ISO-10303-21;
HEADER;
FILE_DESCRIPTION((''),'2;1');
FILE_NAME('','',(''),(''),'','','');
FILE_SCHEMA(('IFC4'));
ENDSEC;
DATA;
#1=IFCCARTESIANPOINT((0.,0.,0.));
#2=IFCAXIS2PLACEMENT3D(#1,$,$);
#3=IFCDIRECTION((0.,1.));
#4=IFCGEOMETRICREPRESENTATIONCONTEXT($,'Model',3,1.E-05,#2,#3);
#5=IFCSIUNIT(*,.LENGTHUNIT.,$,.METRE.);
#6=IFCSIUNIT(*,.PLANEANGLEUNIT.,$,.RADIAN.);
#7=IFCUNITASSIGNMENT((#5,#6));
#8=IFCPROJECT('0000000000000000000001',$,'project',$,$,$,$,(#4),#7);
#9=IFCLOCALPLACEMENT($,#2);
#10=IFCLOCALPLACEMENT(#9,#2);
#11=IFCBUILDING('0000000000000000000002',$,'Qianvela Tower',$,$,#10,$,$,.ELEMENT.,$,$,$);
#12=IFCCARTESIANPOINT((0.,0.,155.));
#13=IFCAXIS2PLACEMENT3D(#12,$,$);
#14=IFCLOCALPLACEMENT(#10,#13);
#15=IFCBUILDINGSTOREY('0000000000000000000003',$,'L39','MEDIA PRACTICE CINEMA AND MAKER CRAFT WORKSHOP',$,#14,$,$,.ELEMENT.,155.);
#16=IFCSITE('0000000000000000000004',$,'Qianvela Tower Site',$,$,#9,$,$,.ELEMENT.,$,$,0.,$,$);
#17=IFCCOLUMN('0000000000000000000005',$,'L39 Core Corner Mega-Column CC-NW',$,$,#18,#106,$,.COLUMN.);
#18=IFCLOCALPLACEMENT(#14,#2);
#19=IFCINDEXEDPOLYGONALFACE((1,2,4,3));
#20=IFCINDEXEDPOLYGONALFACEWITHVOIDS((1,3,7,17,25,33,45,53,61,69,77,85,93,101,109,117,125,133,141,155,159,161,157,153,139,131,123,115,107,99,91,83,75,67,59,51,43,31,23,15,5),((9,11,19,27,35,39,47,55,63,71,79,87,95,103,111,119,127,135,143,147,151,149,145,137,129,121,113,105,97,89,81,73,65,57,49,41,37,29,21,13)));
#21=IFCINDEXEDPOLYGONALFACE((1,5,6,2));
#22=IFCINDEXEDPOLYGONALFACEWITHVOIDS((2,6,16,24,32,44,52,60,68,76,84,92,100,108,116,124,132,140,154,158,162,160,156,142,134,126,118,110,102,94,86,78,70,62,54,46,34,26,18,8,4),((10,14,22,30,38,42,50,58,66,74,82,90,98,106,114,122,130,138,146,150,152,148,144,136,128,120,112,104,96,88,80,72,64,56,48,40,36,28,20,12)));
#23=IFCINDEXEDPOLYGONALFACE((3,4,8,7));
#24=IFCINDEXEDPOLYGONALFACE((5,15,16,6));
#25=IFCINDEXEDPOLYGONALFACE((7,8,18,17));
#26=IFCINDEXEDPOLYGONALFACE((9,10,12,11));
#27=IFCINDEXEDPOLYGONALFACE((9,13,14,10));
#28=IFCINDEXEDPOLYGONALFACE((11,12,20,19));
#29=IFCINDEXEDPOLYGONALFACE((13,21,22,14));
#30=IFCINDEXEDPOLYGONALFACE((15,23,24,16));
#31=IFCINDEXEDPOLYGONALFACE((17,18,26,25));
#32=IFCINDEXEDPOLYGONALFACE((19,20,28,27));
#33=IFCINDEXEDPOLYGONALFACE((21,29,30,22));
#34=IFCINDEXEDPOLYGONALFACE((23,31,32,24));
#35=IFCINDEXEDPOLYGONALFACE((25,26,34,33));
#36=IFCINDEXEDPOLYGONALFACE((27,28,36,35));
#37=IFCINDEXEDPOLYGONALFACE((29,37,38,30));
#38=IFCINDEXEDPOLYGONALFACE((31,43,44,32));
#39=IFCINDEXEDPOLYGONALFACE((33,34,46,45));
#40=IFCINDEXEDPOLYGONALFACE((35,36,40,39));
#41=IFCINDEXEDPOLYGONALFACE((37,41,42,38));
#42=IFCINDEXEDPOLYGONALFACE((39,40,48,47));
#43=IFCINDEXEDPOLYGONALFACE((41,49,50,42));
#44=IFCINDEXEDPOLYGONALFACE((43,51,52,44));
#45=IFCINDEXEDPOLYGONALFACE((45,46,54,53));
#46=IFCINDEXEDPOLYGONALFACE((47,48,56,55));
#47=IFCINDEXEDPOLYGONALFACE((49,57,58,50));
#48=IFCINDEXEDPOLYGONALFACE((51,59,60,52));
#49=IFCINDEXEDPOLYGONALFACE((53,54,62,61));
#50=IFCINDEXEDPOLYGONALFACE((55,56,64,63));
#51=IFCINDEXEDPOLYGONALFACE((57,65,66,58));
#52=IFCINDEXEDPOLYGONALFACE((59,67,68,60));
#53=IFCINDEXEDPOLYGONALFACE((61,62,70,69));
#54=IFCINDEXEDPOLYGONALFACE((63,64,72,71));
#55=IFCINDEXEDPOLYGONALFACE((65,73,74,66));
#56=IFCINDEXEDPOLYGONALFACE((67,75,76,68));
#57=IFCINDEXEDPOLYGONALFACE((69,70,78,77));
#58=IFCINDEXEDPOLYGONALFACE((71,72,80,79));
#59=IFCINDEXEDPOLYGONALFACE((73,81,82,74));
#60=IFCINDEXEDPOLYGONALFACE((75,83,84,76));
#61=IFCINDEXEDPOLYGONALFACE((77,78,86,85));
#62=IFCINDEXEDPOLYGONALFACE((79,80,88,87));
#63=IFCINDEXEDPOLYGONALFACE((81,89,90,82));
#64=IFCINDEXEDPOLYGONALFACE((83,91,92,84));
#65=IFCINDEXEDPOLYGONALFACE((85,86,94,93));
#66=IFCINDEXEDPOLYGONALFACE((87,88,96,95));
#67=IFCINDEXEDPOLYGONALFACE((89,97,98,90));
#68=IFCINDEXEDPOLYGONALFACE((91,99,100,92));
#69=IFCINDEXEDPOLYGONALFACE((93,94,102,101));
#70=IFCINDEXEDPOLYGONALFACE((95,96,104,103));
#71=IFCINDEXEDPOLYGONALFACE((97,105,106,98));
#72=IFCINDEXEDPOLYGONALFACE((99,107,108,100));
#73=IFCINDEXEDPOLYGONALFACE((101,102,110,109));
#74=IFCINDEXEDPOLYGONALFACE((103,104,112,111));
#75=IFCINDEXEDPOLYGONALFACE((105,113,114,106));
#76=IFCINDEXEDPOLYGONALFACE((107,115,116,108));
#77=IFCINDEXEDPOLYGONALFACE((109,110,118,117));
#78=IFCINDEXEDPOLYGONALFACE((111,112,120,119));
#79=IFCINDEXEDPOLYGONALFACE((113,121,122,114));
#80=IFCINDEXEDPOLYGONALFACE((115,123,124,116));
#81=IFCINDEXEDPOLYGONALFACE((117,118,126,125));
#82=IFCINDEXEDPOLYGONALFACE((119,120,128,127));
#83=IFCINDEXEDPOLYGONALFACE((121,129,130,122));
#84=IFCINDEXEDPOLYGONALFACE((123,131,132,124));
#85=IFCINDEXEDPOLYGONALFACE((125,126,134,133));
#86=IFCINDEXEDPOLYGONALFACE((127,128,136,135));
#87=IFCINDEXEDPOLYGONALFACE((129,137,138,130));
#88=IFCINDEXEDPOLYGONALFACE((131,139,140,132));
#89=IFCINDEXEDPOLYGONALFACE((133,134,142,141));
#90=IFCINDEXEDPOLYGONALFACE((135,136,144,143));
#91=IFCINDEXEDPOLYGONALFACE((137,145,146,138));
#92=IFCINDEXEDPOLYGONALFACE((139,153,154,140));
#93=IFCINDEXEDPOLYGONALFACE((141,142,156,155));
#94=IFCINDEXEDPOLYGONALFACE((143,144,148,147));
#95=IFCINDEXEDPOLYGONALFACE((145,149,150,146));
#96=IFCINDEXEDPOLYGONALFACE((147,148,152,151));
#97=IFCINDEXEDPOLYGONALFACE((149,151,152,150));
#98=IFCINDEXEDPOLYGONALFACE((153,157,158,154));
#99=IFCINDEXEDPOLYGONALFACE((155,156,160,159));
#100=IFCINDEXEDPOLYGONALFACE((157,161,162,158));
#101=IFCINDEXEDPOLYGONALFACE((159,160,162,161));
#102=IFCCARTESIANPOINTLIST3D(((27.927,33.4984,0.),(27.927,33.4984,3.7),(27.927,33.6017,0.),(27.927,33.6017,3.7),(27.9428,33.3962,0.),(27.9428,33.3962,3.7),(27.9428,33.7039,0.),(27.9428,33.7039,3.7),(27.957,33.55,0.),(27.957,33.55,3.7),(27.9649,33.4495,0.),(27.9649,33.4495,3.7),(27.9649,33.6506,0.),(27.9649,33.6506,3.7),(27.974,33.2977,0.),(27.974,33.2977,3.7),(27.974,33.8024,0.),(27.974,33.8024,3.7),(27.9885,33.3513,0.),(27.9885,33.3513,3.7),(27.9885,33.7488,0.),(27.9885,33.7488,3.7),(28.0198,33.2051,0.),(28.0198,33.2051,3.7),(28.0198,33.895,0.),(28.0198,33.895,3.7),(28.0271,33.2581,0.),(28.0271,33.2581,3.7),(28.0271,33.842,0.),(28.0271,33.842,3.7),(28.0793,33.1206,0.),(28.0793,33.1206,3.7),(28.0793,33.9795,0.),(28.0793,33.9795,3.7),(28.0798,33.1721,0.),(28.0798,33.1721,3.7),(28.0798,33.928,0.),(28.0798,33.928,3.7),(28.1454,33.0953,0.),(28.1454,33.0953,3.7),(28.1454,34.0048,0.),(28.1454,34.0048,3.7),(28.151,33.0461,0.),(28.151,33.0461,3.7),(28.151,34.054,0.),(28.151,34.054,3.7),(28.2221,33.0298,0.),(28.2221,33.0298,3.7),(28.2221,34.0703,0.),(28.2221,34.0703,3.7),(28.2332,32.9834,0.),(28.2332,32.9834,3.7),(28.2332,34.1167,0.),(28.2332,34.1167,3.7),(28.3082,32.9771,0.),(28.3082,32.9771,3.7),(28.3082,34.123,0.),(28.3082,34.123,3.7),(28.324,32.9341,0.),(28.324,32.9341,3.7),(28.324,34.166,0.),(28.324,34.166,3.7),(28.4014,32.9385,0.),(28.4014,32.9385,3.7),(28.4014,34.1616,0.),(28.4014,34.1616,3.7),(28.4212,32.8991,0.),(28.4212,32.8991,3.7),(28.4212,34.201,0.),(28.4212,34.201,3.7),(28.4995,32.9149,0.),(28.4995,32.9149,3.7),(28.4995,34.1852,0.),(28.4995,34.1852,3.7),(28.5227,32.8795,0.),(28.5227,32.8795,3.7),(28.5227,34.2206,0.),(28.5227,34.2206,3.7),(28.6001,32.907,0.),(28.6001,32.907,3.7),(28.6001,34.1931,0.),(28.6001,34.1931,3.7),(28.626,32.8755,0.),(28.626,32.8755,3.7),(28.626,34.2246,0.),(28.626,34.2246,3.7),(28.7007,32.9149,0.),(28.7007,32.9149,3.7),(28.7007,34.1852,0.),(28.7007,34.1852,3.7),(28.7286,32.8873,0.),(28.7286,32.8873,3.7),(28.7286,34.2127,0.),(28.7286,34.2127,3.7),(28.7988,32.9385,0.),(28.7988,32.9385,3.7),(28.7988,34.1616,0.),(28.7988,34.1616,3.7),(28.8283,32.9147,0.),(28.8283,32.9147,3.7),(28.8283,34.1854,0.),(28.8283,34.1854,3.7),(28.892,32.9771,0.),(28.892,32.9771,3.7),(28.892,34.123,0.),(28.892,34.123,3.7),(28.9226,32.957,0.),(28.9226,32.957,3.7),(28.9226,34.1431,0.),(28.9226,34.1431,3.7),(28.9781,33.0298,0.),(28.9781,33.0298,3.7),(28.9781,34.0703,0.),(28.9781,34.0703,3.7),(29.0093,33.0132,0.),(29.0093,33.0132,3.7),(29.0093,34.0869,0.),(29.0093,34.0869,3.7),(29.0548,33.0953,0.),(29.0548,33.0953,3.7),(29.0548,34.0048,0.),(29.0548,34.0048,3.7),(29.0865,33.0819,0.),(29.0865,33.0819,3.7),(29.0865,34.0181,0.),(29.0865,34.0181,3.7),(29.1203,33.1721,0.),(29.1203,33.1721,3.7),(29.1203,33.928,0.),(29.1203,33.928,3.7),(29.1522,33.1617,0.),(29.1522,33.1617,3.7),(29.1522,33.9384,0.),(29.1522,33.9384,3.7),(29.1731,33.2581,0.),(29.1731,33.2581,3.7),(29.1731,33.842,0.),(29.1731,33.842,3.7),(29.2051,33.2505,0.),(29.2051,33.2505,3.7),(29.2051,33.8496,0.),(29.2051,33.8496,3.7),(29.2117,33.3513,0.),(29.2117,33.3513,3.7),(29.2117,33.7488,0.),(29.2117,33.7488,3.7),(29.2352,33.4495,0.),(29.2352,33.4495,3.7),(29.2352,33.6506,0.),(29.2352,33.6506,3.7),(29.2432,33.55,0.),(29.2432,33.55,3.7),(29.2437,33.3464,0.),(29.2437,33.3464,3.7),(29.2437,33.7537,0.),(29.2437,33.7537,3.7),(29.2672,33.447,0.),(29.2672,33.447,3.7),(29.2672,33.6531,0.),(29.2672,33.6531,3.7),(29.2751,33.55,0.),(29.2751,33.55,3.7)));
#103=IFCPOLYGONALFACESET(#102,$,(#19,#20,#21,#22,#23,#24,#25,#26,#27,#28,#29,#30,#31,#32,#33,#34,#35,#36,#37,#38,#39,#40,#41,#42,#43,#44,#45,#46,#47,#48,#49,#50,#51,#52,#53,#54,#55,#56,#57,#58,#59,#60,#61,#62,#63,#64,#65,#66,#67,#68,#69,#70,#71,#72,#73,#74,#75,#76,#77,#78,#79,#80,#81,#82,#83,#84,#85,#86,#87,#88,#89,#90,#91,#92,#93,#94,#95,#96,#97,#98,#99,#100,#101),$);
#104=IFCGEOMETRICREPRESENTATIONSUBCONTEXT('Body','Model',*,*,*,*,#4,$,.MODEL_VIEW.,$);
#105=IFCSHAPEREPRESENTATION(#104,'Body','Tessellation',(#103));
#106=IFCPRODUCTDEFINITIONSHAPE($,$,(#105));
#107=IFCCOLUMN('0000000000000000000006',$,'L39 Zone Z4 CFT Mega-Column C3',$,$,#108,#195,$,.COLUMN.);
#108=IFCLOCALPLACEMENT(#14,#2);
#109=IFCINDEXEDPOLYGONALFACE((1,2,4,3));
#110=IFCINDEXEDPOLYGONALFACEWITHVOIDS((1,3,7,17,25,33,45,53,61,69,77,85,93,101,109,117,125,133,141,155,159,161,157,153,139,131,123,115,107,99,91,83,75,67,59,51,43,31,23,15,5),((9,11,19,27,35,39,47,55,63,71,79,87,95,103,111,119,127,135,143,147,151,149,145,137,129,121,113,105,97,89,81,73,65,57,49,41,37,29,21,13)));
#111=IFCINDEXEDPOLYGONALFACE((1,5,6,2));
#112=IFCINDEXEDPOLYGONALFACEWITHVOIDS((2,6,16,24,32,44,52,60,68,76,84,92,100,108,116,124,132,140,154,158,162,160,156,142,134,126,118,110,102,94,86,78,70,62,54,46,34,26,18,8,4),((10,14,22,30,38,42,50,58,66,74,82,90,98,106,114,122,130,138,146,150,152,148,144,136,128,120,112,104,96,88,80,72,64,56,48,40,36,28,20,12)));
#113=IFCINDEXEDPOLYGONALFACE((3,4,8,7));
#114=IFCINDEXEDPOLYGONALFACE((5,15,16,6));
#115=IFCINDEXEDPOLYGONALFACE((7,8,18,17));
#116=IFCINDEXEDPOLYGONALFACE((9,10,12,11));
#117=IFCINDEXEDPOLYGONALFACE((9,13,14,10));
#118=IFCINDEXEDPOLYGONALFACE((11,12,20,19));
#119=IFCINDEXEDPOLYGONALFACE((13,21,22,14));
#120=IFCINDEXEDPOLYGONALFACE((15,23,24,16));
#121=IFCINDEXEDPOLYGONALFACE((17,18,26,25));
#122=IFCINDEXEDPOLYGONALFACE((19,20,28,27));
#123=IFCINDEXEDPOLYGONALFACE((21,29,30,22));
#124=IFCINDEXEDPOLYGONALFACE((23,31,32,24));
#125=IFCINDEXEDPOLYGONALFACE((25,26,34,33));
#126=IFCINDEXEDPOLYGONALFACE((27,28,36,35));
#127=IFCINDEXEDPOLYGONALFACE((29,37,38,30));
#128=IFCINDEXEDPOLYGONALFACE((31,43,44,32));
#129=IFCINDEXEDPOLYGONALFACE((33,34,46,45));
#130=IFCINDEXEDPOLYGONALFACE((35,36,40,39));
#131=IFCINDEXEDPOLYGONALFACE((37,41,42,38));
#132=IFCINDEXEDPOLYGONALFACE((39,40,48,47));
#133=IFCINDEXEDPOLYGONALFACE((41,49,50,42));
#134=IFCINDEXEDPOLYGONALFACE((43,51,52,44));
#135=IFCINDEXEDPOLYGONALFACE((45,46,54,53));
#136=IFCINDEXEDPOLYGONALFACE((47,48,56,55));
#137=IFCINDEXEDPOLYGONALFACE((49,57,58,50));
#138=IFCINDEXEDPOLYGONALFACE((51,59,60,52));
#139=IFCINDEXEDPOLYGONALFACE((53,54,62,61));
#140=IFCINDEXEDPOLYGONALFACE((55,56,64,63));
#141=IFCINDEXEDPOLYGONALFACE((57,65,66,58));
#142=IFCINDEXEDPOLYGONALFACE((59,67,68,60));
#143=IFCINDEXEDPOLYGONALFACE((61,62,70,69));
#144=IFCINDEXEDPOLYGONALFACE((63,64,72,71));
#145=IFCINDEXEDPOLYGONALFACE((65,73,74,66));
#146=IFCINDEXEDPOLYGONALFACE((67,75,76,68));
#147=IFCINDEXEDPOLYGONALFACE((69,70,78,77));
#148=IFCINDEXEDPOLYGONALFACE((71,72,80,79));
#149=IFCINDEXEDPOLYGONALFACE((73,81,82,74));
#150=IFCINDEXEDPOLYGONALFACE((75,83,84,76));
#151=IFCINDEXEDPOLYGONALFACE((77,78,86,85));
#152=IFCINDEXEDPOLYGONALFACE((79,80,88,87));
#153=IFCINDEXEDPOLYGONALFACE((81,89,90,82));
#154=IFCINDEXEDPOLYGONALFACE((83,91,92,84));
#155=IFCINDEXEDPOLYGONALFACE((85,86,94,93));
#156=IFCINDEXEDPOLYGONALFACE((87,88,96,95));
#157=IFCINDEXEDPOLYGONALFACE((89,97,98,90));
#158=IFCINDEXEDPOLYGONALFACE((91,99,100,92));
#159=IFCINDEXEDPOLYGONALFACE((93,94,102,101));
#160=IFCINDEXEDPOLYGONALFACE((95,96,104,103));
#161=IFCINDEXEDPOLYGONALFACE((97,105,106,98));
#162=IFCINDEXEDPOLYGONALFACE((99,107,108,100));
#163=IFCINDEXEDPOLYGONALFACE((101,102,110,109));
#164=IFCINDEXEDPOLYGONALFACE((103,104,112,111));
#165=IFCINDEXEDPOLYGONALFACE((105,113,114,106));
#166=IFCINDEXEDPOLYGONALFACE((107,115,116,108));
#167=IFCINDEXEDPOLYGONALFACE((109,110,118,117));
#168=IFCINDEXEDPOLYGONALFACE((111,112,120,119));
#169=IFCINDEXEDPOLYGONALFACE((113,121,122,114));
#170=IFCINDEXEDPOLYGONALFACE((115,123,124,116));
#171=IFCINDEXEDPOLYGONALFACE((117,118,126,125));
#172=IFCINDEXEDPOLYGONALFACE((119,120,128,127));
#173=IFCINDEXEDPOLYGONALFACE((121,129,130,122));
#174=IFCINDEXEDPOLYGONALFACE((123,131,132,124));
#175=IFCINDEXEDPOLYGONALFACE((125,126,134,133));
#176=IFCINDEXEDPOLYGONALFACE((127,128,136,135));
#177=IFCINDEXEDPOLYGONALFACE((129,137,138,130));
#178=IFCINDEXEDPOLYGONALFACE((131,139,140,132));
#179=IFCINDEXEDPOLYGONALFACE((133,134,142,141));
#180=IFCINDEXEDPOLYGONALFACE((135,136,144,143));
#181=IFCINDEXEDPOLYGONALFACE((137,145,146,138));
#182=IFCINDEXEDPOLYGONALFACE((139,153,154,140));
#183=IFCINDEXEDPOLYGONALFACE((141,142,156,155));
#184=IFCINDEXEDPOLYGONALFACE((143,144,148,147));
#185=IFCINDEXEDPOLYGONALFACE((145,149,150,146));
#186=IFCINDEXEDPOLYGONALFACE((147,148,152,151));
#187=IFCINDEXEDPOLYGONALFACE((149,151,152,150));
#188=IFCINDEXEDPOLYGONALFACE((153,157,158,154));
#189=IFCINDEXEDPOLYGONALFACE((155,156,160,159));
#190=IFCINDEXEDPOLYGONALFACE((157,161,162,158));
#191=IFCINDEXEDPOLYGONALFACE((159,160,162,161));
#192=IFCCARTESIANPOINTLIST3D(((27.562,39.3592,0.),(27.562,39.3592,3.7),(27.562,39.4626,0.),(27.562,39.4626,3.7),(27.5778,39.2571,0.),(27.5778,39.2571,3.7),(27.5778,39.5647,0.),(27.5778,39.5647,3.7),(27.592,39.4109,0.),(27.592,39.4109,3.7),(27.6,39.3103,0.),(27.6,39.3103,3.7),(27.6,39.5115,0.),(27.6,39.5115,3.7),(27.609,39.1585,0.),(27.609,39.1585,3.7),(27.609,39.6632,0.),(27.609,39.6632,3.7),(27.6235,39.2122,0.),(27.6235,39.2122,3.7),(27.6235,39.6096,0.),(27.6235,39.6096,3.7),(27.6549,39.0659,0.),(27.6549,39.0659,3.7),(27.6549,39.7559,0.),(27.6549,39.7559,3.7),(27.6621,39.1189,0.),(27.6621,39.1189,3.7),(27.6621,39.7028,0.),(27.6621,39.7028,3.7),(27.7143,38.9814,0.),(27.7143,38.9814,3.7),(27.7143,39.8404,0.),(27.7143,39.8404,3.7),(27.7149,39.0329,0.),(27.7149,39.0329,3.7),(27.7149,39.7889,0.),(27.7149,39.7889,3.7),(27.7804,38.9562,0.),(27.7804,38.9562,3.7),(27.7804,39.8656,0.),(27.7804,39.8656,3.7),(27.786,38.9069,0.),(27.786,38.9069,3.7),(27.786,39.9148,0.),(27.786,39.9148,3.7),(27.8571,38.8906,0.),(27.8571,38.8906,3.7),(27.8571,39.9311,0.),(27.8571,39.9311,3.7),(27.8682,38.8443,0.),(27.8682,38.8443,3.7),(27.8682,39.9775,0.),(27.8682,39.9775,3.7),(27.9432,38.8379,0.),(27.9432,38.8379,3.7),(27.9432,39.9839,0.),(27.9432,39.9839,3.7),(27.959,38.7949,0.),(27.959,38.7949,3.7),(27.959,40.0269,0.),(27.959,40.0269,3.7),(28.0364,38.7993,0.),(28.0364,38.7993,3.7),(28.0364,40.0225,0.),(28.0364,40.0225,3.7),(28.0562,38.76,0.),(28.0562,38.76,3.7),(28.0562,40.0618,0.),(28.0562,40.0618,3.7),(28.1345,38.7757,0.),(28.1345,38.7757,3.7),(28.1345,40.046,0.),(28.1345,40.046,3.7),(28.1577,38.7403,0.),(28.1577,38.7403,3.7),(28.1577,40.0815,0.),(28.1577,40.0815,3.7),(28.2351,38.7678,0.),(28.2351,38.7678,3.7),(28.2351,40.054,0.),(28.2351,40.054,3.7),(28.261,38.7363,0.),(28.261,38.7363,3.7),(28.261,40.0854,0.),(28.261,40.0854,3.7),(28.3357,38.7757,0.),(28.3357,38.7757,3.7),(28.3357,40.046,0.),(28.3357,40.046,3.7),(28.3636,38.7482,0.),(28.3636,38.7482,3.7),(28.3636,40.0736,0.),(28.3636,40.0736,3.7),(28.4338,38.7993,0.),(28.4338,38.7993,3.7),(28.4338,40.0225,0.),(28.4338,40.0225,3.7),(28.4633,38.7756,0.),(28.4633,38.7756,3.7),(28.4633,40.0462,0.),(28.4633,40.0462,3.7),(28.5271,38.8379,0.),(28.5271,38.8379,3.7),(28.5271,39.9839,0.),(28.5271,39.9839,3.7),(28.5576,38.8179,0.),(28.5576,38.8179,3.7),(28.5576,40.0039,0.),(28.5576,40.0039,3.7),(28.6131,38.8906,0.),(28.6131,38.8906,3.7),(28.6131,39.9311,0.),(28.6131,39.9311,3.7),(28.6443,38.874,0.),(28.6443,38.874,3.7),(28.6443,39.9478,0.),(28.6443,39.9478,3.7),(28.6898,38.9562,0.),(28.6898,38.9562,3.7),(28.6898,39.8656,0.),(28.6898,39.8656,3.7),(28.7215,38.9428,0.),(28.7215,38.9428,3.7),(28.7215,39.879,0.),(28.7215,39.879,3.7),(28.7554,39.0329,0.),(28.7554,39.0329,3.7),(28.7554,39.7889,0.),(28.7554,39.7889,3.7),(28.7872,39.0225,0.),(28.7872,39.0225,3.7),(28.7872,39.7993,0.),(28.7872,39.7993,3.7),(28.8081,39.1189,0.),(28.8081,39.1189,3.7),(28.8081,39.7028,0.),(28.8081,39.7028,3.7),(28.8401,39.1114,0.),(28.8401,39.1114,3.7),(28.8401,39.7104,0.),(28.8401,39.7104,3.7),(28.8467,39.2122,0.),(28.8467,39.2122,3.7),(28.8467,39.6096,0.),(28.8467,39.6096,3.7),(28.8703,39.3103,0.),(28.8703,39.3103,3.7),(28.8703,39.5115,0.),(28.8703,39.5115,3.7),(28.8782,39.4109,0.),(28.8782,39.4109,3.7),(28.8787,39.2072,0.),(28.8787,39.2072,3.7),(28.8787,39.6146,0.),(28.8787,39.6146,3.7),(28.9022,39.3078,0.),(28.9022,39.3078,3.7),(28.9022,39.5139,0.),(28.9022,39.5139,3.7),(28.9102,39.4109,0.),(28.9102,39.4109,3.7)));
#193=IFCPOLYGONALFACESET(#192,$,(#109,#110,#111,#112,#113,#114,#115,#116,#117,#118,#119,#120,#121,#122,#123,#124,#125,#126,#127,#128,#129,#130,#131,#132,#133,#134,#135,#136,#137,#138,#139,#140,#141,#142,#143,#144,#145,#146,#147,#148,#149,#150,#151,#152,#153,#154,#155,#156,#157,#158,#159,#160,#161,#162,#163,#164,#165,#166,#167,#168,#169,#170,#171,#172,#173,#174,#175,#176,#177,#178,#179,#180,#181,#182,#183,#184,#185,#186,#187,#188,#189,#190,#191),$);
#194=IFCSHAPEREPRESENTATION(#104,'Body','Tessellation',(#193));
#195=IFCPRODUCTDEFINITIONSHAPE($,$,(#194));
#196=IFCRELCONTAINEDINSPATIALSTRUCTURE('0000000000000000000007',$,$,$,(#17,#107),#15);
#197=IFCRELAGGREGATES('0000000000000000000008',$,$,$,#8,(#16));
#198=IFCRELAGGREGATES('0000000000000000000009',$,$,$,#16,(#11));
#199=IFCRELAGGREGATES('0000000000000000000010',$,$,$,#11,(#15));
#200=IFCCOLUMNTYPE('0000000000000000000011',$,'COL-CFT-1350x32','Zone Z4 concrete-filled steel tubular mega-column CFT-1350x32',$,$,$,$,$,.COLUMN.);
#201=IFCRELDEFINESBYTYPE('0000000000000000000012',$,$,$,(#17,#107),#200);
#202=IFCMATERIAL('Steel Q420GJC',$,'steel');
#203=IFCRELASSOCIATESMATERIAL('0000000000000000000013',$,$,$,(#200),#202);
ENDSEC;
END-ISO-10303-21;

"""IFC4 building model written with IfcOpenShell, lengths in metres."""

from ifc_helpers import new_model, si_unit, direction, frame, origin, origin_2d, place, context, subcontext, project, spatial, hollow_circle, extrude, material, material_profile, profile_set, type_object, element, save


model = new_model("IFC4")

# Units and contexts
model_context = context("Model", 3, precision=1e-05, world=origin(), true_north=direction((0.0, 1.0)))
body_context = subcontext(model_context, "Body", "Model", "MODEL_VIEW")
ifc_project = project(units=[si_unit("LENGTHUNIT", "METRE"), si_unit("PLANEANGLEUNIT", "RADIAN")], contexts=[model_context])

# Site, building, storey
site_placement = place(None, origin())
site = spatial("IfcSite", under=ifc_project, at=site_placement, Name="Qianvela Tower Site", CompositionType="ELEMENT", RefElevation=0.0)
building_placement = place(site_placement, origin())
building = spatial("IfcBuilding", under=site, at=building_placement, Name="Qianvela Tower", CompositionType="ELEMENT")
storey_placement = place(building_placement, frame((0.0, 0.0, 155.0)))
storey = spatial("IfcBuildingStorey", under=building, at=storey_placement, Name="L39", Description="MEDIA PRACTICE CINEMA AND MAKER CRAFT WORKSHOP", CompositionType="ELEMENT", Elevation=155.0)

# Columns
ifc_material_1 = material(Name="Steel Q420GJC", Category="steel")
ifc_material_profile_1 = material_profile(ifc_material_1, hollow_circle(Radius=0.675, WallThickness=0.032, at=origin_2d()), Name="CFT-1350x32")
ifc_profile_set_1 = profile_set([ifc_material_profile_1], Name="Steel Q420GJC")
column_type = type_object("IfcColumnType", Name="COL-CFT-1350x32", Description="Zone Z4 concrete-filled steel tubular mega-column CFT-1350x32", PredefinedType="COLUMN", material=ifc_profile_set_1)
for number, where, z_axis, x_axis, name in (
    (1, (28.6001, 33.55, 0.0), (0.0, 0.0, 1.0), (1.0, 0.0, 0.0), "L39 Core Corner Mega-Column CC-NW"),
    (2, (28.2351, 39.4109, 0.0), (0.0, 0.0, 1.0), (1.0, 0.0, 0.0), "L39 Zone Z4 CFT Mega-Column C3"),
):
    element("IfcColumn", number, at=place(storey_placement, frame(where, z_axis=z_axis, x_axis=x_axis)), inside=storey, type_object=column_type, Name=name, PredefinedType="COLUMN", context=body_context, shape_type="SweptSolid", body=[
        extrude(hollow_circle(Radius=0.675, WallThickness=0.032, at=origin_2d()), origin(), (0.0, 0.0, 1.0), 3.7),
    ])

save(model, "model.ifc")
